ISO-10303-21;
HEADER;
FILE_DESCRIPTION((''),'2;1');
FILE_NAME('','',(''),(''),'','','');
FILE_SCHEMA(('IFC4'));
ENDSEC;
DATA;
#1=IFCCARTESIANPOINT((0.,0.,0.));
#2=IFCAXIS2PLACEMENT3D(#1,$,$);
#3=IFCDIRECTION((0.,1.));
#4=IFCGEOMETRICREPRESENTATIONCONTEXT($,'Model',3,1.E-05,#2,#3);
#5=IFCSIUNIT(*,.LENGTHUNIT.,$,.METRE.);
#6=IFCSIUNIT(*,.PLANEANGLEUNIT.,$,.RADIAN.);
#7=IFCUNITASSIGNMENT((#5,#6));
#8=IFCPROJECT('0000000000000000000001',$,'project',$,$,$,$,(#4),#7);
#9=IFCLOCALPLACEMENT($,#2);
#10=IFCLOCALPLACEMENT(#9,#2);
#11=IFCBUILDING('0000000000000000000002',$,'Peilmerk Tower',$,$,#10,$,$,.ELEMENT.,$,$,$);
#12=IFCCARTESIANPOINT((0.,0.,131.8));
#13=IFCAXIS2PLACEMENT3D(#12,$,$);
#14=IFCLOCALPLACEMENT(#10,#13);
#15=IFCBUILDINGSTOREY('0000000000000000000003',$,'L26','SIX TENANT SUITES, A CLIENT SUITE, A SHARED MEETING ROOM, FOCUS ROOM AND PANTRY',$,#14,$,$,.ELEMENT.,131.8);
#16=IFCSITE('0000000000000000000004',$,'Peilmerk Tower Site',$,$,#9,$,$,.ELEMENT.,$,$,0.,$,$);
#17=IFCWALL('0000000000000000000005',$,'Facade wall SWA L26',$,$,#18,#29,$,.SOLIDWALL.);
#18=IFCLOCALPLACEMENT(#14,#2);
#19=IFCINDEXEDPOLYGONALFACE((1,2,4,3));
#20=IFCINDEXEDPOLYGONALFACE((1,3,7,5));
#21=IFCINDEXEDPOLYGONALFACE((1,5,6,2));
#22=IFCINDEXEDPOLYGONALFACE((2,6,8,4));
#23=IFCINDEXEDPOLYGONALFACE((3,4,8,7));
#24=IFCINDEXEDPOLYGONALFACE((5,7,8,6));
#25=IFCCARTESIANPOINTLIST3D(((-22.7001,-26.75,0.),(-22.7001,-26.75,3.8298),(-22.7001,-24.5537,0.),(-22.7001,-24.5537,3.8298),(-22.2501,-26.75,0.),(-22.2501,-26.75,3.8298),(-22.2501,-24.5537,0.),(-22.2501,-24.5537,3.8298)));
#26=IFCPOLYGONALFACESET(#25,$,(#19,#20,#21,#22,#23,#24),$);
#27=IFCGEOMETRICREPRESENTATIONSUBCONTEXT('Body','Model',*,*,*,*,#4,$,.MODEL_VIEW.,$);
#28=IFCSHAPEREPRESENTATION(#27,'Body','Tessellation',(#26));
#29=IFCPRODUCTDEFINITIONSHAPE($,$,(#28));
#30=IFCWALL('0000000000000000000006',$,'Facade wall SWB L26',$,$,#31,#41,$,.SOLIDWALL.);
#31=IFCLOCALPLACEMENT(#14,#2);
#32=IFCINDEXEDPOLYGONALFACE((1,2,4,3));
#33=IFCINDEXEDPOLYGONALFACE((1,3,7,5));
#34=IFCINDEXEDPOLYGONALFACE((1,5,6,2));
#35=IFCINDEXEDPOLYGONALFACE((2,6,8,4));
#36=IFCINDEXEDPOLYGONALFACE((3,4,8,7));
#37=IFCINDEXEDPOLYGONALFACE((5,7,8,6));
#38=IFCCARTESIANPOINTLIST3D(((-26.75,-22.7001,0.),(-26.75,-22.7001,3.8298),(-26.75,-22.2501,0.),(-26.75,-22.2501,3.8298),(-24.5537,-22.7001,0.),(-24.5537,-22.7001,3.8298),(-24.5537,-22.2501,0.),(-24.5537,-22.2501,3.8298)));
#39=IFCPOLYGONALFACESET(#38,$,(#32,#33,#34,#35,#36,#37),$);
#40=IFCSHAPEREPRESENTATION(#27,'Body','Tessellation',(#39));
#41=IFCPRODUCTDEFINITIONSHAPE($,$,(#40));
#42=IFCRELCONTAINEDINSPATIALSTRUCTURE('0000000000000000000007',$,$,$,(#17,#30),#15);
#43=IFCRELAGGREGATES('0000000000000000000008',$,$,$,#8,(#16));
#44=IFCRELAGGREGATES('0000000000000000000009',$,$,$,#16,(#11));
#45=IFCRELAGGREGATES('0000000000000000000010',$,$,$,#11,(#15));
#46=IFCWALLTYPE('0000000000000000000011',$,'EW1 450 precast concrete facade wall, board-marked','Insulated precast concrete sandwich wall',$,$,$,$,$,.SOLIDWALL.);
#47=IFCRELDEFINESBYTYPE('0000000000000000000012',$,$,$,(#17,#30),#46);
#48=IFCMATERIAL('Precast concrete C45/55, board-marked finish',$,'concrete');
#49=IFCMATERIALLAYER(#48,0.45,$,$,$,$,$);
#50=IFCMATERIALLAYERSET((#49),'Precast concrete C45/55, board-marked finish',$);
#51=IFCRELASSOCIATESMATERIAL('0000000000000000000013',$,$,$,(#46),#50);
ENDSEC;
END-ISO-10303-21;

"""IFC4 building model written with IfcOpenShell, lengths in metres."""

from ifc_helpers import new_model, si_unit, direction, frame, frame_2d, origin, place, context, subcontext, project, spatial, rectangle, extrude, material, layer, layer_set, type_object, element, save


model = new_model("IFC4")

# Units and contexts
model_context = context("Model", 3, precision=1e-05, world=origin(), true_north=direction((0.0, 1.0)))
body_context = subcontext(model_context, "Body", "Model", "MODEL_VIEW")
ifc_project = project(units=[si_unit("LENGTHUNIT", "METRE"), si_unit("PLANEANGLEUNIT", "RADIAN")], contexts=[model_context])

# Site, building, storey
site_placement = place(None, origin())
site = spatial("IfcSite", under=ifc_project, at=site_placement, Name="Peilmerk Tower Site", CompositionType="ELEMENT", RefElevation=0.0)
building_placement = place(site_placement, origin())
building = spatial("IfcBuilding", under=site, at=building_placement, Name="Peilmerk Tower", CompositionType="ELEMENT")
storey_placement = place(building_placement, frame((0.0, 0.0, 131.8)))
storey = spatial("IfcBuildingStorey", under=building, at=storey_placement, Name="L26", Description="SIX TENANT SUITES, A CLIENT SUITE, A SHARED MEETING ROOM, FOCUS ROOM AND PANTRY", CompositionType="ELEMENT", Elevation=131.8)

# Shared definitions
ifc_material_1 = material(Name="Precast concrete C45/55, board-marked finish", Category="concrete")
ifc_layer_1 = layer(ifc_material_1, 0.45)
ifc_layer_set_1 = layer_set([ifc_layer_1], Name="Precast concrete C45/55, board-marked finish")
wall_type = type_object("IfcWallType", Name="EW1 450 precast concrete facade wall, board-marked", Description="Insulated precast concrete sandwich wall", PredefinedType="SOLIDWALL", material=ifc_layer_set_1)

# Walls
for number, where, z_axis, x_axis, name in (
    (1, (-22.4751, -24.5537, 0.0), (0.0, 0.0, 1.0), (0.0, -1.0, 0.0), "Facade wall SWA L26"),
    (2, (-24.5537, -22.4751, 0.0), (0.0, 0.0, 1.0), (-1.0, 0.0, 0.0), "Facade wall SWB L26"),
):
    element("IfcWall", number, at=place(storey_placement, frame(where, z_axis=z_axis, x_axis=x_axis)), inside=storey, type_object=wall_type, Name=name, PredefinedType="SOLIDWALL", context=body_context, shape_type="SweptSolid", body=[
        extrude(rectangle(XDim=2.1963, YDim=0.45, at=frame_2d((1.0981, 0.0))), origin(), (0.0, 0.0, 1.0), 3.8298),
    ])

save(model, "model.ifc")
